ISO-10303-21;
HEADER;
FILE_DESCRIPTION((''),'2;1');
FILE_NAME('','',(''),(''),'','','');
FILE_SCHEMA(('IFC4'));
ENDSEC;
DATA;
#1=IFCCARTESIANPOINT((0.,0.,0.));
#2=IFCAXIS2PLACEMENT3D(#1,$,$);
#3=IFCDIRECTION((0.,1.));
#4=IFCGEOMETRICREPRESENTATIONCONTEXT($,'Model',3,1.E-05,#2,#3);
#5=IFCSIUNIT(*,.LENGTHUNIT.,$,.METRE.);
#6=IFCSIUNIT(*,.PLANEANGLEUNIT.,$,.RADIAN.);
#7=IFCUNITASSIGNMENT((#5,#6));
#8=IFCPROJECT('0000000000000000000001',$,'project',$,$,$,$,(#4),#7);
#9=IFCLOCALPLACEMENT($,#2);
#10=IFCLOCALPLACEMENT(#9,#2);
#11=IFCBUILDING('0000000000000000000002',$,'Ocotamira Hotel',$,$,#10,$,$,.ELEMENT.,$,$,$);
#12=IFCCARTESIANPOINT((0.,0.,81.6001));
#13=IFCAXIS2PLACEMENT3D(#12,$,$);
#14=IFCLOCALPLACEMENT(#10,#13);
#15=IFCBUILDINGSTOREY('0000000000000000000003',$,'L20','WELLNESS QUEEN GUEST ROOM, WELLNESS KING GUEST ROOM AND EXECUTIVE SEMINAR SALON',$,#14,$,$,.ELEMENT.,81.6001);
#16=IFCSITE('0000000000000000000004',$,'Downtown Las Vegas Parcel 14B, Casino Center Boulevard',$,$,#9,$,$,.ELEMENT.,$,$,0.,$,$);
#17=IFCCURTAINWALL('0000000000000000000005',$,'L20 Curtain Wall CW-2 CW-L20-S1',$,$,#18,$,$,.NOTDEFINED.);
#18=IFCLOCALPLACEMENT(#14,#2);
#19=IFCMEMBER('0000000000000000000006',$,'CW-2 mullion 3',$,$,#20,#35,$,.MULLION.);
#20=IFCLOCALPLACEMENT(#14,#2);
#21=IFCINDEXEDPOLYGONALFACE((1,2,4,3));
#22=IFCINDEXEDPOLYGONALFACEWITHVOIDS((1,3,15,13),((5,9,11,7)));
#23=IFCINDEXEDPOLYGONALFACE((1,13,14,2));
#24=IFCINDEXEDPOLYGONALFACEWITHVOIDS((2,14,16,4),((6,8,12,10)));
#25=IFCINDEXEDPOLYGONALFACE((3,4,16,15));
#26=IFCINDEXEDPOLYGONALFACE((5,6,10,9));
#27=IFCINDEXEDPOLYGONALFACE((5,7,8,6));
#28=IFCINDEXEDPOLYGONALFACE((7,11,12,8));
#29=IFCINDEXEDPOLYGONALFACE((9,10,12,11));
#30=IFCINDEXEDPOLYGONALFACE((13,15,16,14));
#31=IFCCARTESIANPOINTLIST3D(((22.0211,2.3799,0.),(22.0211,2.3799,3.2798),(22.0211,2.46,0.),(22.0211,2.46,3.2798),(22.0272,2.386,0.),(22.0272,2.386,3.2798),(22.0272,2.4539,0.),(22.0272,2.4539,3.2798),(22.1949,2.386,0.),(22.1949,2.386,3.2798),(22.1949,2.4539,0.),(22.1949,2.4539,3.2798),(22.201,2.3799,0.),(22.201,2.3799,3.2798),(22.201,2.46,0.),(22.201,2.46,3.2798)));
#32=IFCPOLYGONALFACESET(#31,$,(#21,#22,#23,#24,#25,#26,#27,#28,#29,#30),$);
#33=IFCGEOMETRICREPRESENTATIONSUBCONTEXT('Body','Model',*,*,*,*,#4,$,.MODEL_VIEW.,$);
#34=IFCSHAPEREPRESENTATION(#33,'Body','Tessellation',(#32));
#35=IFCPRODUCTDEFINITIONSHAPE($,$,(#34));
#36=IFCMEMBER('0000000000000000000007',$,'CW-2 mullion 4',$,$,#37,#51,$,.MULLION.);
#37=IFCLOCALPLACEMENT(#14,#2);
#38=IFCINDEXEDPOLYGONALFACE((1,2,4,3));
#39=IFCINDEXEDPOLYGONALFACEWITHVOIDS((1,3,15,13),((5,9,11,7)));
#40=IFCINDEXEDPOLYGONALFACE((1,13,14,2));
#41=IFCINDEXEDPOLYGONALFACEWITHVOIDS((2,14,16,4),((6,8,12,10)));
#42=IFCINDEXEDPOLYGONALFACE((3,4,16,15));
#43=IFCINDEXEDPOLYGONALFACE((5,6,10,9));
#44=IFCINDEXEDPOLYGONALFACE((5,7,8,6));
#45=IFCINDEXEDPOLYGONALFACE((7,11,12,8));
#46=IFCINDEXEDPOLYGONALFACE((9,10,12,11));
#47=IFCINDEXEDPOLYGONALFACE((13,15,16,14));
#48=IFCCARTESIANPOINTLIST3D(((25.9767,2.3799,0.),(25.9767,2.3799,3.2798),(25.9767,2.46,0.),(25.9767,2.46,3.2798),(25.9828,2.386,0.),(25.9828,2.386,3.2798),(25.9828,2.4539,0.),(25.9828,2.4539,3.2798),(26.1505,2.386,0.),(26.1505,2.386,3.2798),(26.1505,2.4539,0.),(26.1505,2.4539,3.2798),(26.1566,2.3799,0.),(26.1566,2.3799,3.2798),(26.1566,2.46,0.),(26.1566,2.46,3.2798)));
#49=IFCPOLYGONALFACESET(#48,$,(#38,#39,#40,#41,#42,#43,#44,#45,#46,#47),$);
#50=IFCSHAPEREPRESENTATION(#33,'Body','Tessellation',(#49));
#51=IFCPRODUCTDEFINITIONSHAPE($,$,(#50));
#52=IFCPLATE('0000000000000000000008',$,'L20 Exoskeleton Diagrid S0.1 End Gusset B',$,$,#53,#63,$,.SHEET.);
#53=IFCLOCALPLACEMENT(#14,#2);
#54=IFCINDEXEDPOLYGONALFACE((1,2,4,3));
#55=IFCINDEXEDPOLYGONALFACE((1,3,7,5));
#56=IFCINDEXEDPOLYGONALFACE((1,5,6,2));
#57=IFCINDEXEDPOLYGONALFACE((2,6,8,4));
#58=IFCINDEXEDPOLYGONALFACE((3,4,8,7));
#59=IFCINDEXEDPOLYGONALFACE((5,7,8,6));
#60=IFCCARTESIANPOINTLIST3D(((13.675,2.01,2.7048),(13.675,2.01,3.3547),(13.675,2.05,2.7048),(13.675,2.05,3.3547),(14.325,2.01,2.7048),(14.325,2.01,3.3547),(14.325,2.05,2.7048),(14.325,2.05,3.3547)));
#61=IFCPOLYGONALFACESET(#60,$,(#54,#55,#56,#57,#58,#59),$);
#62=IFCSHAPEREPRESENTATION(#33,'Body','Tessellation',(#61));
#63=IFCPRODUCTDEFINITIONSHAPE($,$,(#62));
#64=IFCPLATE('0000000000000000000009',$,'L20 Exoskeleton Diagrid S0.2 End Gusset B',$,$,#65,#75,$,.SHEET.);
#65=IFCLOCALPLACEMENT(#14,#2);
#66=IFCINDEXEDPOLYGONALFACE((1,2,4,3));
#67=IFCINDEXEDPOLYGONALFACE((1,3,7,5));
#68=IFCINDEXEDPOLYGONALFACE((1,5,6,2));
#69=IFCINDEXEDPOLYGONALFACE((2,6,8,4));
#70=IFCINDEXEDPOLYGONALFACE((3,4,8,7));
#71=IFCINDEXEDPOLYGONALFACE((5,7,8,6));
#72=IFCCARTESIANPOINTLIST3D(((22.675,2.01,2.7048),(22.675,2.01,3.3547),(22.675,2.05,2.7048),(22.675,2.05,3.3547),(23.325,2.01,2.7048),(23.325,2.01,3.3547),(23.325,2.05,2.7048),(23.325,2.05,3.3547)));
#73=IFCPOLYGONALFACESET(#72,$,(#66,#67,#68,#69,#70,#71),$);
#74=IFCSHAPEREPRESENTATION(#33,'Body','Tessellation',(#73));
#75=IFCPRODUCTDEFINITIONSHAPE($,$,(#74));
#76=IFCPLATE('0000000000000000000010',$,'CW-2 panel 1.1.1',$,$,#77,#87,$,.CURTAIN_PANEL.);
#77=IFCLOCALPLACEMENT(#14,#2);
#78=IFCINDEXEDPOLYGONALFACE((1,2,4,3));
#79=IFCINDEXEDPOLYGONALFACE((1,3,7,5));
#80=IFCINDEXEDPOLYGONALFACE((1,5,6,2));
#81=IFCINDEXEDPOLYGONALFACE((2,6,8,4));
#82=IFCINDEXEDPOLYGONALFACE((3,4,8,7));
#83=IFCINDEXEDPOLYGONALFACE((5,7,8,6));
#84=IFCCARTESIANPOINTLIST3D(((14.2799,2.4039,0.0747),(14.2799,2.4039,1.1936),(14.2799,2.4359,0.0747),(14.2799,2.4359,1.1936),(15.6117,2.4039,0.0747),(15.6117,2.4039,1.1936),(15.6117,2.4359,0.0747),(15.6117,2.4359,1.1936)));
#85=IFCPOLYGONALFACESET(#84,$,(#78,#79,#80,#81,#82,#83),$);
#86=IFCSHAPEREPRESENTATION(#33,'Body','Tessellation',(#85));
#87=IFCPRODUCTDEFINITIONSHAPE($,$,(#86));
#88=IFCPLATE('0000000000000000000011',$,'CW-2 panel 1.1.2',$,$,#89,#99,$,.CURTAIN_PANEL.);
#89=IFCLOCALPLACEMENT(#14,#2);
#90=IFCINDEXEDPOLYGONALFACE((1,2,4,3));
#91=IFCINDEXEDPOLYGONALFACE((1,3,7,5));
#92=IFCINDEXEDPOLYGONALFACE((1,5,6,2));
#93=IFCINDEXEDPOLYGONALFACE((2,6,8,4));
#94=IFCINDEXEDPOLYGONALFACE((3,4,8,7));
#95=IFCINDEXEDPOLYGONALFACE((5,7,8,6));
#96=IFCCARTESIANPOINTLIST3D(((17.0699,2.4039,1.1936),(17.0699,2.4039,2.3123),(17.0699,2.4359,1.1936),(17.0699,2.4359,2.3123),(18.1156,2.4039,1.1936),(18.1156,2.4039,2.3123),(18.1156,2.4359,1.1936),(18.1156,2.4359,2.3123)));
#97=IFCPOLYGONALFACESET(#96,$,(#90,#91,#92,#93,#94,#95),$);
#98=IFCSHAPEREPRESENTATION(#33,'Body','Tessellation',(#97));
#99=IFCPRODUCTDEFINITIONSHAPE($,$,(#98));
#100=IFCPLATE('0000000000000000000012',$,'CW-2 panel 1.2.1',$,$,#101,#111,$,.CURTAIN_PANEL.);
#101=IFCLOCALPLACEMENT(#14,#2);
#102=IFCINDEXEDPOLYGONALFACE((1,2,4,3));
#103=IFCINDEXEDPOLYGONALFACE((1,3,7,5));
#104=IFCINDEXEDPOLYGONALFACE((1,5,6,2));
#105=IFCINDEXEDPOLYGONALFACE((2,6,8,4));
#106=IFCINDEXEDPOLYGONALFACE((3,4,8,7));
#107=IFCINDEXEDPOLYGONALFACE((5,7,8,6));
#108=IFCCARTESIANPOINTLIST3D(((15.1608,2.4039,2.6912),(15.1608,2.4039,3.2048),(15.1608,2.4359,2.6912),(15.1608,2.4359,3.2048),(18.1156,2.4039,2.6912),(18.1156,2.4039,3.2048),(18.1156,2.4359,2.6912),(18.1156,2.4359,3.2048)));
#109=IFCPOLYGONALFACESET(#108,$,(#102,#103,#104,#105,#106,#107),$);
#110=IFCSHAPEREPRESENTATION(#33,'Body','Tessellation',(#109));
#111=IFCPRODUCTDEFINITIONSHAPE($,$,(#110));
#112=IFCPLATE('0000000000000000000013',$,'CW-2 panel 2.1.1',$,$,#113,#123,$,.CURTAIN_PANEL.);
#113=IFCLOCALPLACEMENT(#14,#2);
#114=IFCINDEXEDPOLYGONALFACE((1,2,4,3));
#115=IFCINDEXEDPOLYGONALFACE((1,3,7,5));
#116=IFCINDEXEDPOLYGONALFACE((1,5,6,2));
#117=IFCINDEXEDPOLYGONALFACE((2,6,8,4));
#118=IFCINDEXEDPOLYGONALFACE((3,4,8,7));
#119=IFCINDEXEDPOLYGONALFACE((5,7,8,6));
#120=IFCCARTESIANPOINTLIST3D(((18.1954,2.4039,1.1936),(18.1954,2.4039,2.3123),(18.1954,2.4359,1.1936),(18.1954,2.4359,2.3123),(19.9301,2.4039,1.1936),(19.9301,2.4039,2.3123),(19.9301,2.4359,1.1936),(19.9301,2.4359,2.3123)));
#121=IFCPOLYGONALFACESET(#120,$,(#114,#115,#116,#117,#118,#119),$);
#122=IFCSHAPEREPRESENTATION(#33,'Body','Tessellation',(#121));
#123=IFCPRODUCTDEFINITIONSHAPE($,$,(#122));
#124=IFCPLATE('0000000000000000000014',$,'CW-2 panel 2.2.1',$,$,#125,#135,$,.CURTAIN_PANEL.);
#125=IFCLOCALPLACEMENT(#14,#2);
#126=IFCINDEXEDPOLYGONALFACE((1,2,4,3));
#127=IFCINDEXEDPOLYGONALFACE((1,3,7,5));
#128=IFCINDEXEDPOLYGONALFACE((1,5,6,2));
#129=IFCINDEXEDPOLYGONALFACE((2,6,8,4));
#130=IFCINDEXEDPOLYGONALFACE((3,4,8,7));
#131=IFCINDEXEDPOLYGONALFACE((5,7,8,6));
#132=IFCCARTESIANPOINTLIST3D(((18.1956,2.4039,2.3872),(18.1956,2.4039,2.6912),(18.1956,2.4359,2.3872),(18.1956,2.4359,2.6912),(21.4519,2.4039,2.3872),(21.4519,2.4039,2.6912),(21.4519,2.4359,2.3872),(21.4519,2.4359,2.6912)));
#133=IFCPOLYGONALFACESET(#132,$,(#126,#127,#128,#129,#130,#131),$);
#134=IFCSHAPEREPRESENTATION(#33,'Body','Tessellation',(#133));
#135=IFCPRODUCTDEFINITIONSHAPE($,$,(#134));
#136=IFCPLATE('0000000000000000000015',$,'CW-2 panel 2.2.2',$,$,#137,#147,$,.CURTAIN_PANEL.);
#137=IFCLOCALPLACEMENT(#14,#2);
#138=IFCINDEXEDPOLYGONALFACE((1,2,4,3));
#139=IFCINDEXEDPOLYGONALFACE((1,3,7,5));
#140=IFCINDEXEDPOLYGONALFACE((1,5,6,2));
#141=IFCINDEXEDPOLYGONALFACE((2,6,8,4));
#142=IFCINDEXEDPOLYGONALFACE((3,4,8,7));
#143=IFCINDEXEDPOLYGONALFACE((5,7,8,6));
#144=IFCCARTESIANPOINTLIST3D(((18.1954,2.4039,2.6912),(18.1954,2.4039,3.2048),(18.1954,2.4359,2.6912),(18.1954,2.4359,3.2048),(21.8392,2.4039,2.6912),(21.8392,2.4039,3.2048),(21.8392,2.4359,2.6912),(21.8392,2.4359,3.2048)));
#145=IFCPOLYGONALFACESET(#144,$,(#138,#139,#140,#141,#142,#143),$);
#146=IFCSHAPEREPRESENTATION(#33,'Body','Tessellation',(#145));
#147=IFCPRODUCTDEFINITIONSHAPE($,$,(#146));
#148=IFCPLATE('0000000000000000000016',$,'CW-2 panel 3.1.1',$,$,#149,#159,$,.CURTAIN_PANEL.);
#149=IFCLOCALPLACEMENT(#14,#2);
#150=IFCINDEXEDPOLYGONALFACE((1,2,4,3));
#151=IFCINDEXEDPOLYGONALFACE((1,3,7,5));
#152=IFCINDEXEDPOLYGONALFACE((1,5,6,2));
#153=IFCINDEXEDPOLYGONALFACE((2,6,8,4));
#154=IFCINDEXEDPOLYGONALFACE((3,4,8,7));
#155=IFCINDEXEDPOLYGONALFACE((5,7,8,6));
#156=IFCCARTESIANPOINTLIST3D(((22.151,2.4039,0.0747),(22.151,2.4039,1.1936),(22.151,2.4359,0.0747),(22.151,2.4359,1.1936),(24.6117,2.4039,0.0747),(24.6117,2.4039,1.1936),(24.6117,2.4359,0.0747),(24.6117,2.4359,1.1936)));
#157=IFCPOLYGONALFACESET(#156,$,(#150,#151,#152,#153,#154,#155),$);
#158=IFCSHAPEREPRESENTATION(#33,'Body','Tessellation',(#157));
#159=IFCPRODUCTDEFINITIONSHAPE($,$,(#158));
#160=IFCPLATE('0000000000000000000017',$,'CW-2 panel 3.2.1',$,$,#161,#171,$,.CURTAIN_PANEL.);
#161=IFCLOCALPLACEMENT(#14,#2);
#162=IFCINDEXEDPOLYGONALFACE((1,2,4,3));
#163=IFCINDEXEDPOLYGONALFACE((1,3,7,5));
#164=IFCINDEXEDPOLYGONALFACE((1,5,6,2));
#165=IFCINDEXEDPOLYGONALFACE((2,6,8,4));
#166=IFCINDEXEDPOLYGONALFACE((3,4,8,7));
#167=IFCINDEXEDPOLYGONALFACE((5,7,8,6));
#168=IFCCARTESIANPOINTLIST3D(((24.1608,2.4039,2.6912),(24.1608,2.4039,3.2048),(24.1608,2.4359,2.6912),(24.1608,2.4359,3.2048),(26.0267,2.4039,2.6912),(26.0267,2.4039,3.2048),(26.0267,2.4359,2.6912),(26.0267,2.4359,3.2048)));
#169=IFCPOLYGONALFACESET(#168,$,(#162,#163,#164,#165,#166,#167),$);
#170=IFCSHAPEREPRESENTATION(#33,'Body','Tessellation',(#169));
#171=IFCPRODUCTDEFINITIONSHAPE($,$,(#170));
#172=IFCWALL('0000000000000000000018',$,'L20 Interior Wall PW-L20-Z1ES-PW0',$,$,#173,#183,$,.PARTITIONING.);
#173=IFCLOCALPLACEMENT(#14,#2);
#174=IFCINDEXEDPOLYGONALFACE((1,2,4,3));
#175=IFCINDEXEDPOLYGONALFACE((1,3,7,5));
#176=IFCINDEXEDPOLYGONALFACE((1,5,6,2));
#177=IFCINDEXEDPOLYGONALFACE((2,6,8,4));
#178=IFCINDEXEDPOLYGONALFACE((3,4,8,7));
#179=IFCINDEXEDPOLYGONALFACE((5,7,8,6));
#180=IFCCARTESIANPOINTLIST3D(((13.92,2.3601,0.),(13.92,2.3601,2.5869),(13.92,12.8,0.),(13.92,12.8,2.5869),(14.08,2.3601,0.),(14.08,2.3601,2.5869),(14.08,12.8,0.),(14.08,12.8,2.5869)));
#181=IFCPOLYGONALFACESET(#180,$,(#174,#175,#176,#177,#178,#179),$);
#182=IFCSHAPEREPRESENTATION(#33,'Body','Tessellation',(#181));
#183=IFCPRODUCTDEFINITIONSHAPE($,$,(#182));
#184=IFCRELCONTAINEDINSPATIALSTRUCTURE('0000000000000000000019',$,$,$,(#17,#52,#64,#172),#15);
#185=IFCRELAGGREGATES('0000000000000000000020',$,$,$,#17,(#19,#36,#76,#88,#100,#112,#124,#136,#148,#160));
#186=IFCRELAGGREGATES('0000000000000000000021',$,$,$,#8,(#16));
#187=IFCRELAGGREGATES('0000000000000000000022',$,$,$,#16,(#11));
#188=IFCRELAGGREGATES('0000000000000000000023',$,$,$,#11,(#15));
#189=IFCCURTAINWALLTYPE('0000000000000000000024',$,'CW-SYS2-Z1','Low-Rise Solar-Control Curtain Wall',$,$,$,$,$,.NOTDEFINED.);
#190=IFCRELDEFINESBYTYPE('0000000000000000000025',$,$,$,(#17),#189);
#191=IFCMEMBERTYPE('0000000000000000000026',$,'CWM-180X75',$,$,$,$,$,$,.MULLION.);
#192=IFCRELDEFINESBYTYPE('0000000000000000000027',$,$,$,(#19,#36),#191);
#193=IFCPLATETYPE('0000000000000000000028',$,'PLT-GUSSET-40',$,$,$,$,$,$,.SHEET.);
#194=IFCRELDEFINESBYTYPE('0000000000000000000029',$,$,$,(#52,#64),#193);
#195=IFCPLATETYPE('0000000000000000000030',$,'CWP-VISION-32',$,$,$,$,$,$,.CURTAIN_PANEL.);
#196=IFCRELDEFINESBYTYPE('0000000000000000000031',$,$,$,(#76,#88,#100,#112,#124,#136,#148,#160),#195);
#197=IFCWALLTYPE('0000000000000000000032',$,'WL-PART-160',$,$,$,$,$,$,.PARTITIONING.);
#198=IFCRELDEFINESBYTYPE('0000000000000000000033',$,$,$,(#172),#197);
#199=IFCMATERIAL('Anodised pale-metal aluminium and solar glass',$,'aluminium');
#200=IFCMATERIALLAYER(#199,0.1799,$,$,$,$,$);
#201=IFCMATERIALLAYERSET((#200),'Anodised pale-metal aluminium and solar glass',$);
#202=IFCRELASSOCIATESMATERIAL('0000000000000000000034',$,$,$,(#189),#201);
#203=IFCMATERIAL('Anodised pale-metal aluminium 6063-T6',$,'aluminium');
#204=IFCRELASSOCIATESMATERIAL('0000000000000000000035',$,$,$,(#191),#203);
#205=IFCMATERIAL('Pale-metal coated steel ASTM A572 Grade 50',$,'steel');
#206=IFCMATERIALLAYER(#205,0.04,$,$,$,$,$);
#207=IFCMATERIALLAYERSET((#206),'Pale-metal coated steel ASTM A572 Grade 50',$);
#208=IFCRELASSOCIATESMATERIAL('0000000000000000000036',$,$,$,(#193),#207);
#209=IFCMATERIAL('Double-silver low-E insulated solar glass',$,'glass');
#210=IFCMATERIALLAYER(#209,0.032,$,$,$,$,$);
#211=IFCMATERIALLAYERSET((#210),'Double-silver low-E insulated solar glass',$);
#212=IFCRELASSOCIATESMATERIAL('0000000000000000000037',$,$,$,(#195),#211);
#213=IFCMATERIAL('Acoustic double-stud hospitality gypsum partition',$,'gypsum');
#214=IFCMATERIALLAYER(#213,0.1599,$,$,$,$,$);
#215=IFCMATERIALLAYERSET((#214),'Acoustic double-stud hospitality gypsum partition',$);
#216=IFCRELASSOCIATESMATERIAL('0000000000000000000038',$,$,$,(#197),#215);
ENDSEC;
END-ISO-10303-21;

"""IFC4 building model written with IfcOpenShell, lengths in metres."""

from ifc_helpers import new_model, si_unit, direction, frame, frame_2d, origin, origin_2d, place, context, subcontext, project, spatial, rectangle, hollow_rectangle, extrude, source, transform, mapped, material, layer, layer_set, material_profile, profile_set, type_object, element, aggregate, save


model = new_model("IFC4")

# Units and contexts
model_context = context("Model", 3, precision=1e-05, world=origin(), true_north=direction((0.0, 1.0)))
body_context = subcontext(model_context, "Body", "Model", "MODEL_VIEW")
ifc_project = project(units=[si_unit("LENGTHUNIT", "METRE"), si_unit("PLANEANGLEUNIT", "RADIAN")], contexts=[model_context])

# Site, building, storey
site_placement = place(None, origin())
site = spatial("IfcSite", under=ifc_project, at=site_placement, Name="Downtown Las Vegas Parcel 14B, Casino Center Boulevard", CompositionType="ELEMENT", RefElevation=0.0)
building_placement = place(site_placement, origin())
building = spatial("IfcBuilding", under=site, at=building_placement, Name="Ocotamira Hotel", CompositionType="ELEMENT")
storey_placement = place(building_placement, frame((0.0, 0.0, 81.6001)))
storey = spatial("IfcBuildingStorey", under=building, at=storey_placement, Name="L20", Description="WELLNESS QUEEN GUEST ROOM, WELLNESS KING GUEST ROOM AND EXECUTIVE SEMINAR SALON", CompositionType="ELEMENT", Elevation=81.6001)

# Curtain wall, members
ifc_material_1 = material(Name="Anodised pale-metal aluminium and solar glass", Category="aluminium")
ifc_layer_1 = layer(ifc_material_1, 0.1799)
ifc_layer_set_1 = layer_set([ifc_layer_1], Name="Anodised pale-metal aluminium and solar glass")
curtain_wall_type = type_object("IfcCurtainWallType", Name="CW-SYS2-Z1", Description="Low-Rise Solar-Control Curtain Wall", PredefinedType="NOTDEFINED", material=ifc_layer_set_1)
curtain_wall_placement = place(storey_placement, origin())
curtain_wall = element("IfcCurtainWall", 1, at=curtain_wall_placement, inside=storey, type_object=curtain_wall_type, Name="L20 Curtain Wall CW-2 CW-L20-S1", PredefinedType="NOTDEFINED")
ifc_material_2 = material(Name="Anodised pale-metal aluminium 6063-T6", Category="aluminium")
ifc_material_profile_1 = material_profile(ifc_material_2, hollow_rectangle(XDim=0.0801, YDim=0.1799, WallThickness=0.0061, at=origin_2d()), Name="HSS180X80X6")
ifc_profile_set_1 = profile_set([ifc_material_profile_1], Name="Anodised pale-metal aluminium 6063-T6")
member_type_1 = type_object("IfcMemberType", Name="CWM-180X75", PredefinedType="MULLION", material=ifc_profile_set_1)
shared_shape_1 = source(origin(), body_context, "Body", "SweptSolid", [
    extrude(hollow_rectangle(XDim=0.0801, YDim=0.1799, WallThickness=0.0061, at=origin_2d()), origin(), (0.0, 0.0, 1.0), 3.2798),
])
member_1_placement = place(storey_placement, frame((22.1111, 2.4199, 0.0), z_axis=(0.0, 0.0, 1.0), x_axis=(0.0, 1.0, 0.0)))
member_1 = element("IfcMember", 2, at=member_1_placement, type_object=member_type_1, Name="CW-2 mullion 3", PredefinedType="MULLION", context=body_context, shape_type="MappedRepresentation", body=[
    mapped(shared_shape_1, transform((0.0, 0.0, 0.0), scale=1.0)),
])
member_2_placement = place(storey_placement, frame((26.0667, 2.4199, 0.0), z_axis=(0.0, 0.0, 1.0), x_axis=(0.0, 1.0, 0.0)))
member_2 = element("IfcMember", 3, at=member_2_placement, type_object=member_type_1, Name="CW-2 mullion 4", PredefinedType="MULLION", context=body_context, shape_type="MappedRepresentation", body=[
    mapped(shared_shape_1, transform((0.0, 0.0, 0.0), scale=1.0)),
])

# Plates
ifc_material_3 = material(Name="Pale-metal coated steel ASTM A572 Grade 50", Category="steel")
ifc_layer_2 = layer(ifc_material_3, 0.04)
ifc_layer_set_2 = layer_set([ifc_layer_2], Name="Pale-metal coated steel ASTM A572 Grade 50")
plate_type_1 = type_object("IfcPlateType", Name="PLT-GUSSET-40", PredefinedType="SHEET", material=ifc_layer_set_2)
shared_shape_2 = source(origin(), body_context, "Body", "SweptSolid", [
    extrude(rectangle(XDim=0.6499, YDim=0.04, at=origin_2d()), origin(), (0.0, 0.0, 1.0), 0.6499),
])
for number, where, z_axis, x_axis, name in (
    (4, (14.0, 2.03, 2.7048), (0.0, 0.0, 1.0), (-1.0, 0.0, 0.0), "L20 Exoskeleton Diagrid S0.1 End Gusset B"),
    (5, (23.0, 2.03, 2.7048), (0.0, 0.0, 1.0), (1.0, 0.0, 0.0), "L20 Exoskeleton Diagrid S0.2 End Gusset B"),
):
    element("IfcPlate", number, at=place(storey_placement, frame(where, z_axis=z_axis, x_axis=x_axis)), inside=storey, type_object=plate_type_1, Name=name, PredefinedType="SHEET", context=body_context, shape_type="MappedRepresentation", body=[
        mapped(shared_shape_2, transform((0.0, 0.0, 0.0), scale=1.0)),
    ])

# Plates
ifc_material_4 = material(Name="Double-silver low-E insulated solar glass", Category="glass")
ifc_layer_3 = layer(ifc_material_4, 0.032)
ifc_layer_set_3 = layer_set([ifc_layer_3], Name="Double-silver low-E insulated solar glass")
plate_type_2 = type_object("IfcPlateType", Name="CWP-VISION-32", PredefinedType="CURTAIN_PANEL", material=ifc_layer_set_3)
shared_shape_3 = source(origin(), body_context, "Body", "SweptSolid", [
    extrude(rectangle(XDim=1.3318, YDim=0.032, at=origin_2d()), origin(), (0.0, 0.0, 1.0), 1.1189),
])
plate_1_placement = place(storey_placement, frame((14.9458, 2.4199, 0.0747), z_axis=(0.0, 0.0, 1.0), x_axis=(1.0, 0.0, 0.0)))
plate_1 = element("IfcPlate", 6, at=plate_1_placement, type_object=plate_type_2, Name="CW-2 panel 1.1.1", PredefinedType="CURTAIN_PANEL", context=body_context, shape_type="MappedRepresentation", body=[
    mapped(shared_shape_3, transform((0.0, 0.0, 0.0), scale=1.0)),
])
shared_shape_4 = source(origin(), body_context, "Body", "SweptSolid", [
    extrude(rectangle(XDim=1.0457, YDim=0.032, at=origin_2d()), origin(), (0.0, 0.0, 1.0), 1.1187),
])
plate_2_placement = place(storey_placement, frame((17.5928, 2.4199, 1.1936), z_axis=(0.0, 0.0, 1.0), x_axis=(1.0, 0.0, 0.0)))
plate_2 = element("IfcPlate", 7, at=plate_2_placement, type_object=plate_type_2, Name="CW-2 panel 1.1.2", PredefinedType="CURTAIN_PANEL", context=body_context, shape_type="MappedRepresentation", body=[
    mapped(shared_shape_4, transform((0.0, 0.0, 0.0), scale=1.0)),
])
shared_shape_5 = source(origin(), body_context, "Body", "SweptSolid", [
    extrude(rectangle(XDim=2.9548, YDim=0.032, at=origin_2d()), origin(), (0.0, 0.0, 1.0), 0.5137),
])
plate_3_placement = place(storey_placement, frame((16.6382, 2.4199, 2.6912), z_axis=(0.0, 0.0, 1.0), x_axis=(1.0, 0.0, 0.0)))
plate_3 = element("IfcPlate", 8, at=plate_3_placement, type_object=plate_type_2, Name="CW-2 panel 1.2.1", PredefinedType="CURTAIN_PANEL", context=body_context, shape_type="MappedRepresentation", body=[
    mapped(shared_shape_5, transform((0.0, 0.0, 0.0), scale=1.0)),
])
shared_shape_6 = source(origin(), body_context, "Body", "SweptSolid", [
    extrude(rectangle(XDim=1.7346, YDim=0.032, at=origin_2d()), origin(), (0.0, 0.0, 1.0), 1.1187),
])
plate_4_placement = place(storey_placement, frame((19.0627, 2.4199, 1.1936), z_axis=(0.0, 0.0, 1.0), x_axis=(1.0, 0.0, 0.0)))
plate_4 = element("IfcPlate", 9, at=plate_4_placement, type_object=plate_type_2, Name="CW-2 panel 2.1.1", PredefinedType="CURTAIN_PANEL", context=body_context, shape_type="MappedRepresentation", body=[
    mapped(shared_shape_6, transform((0.0, 0.0, 0.0), scale=1.0)),
])
shared_shape_7 = source(origin(), body_context, "Body", "SweptSolid", [
    extrude(rectangle(XDim=3.2563, YDim=0.032, at=origin_2d()), origin(), (0.0, 0.0, 1.0), 0.304),
])
plate_5_placement = place(storey_placement, frame((19.8237, 2.4199, 2.3872), z_axis=(0.0, 0.0, 1.0), x_axis=(1.0, 0.0, 0.0)))
plate_5 = element("IfcPlate", 10, at=plate_5_placement, type_object=plate_type_2, Name="CW-2 panel 2.2.1", PredefinedType="CURTAIN_PANEL", context=body_context, shape_type="MappedRepresentation", body=[
    mapped(shared_shape_7, transform((0.0, 0.0, 0.0), scale=1.0)),
])
shared_shape_8 = source(origin(), body_context, "Body", "SweptSolid", [
    extrude(rectangle(XDim=3.6438, YDim=0.032, at=origin_2d()), origin(), (0.0, 0.0, 1.0), 0.5137),
])
plate_6_placement = place(storey_placement, frame((20.0173, 2.4199, 2.6912), z_axis=(0.0, 0.0, 1.0), x_axis=(1.0, 0.0, 0.0)))
plate_6 = element("IfcPlate", 11, at=plate_6_placement, type_object=plate_type_2, Name="CW-2 panel 2.2.2", PredefinedType="CURTAIN_PANEL", context=body_context, shape_type="MappedRepresentation", body=[
    mapped(shared_shape_8, transform((0.0, 0.0, 0.0), scale=1.0)),
])
shared_shape_9 = source(origin(), body_context, "Body", "SweptSolid", [
    extrude(rectangle(XDim=2.4607, YDim=0.032, at=origin_2d()), origin(), (0.0, 0.0, 1.0), 1.1189),
])
plate_7_placement = place(storey_placement, frame((23.3813, 2.4199, 0.0747), z_axis=(0.0, 0.0, 1.0), x_axis=(1.0, 0.0, 0.0)))
plate_7 = element("IfcPlate", 12, at=plate_7_placement, type_object=plate_type_2, Name="CW-2 panel 3.1.1", PredefinedType="CURTAIN_PANEL", context=body_context, shape_type="MappedRepresentation", body=[
    mapped(shared_shape_9, transform((0.0, 0.0, 0.0), scale=1.0)),
])
shared_shape_10 = source(origin(), body_context, "Body", "SweptSolid", [
    extrude(rectangle(XDim=1.866, YDim=0.032, at=origin_2d()), origin(), (0.0, 0.0, 1.0), 0.5137),
])
plate_8_placement = place(storey_placement, frame((25.0938, 2.4199, 2.6912), z_axis=(0.0, 0.0, 1.0), x_axis=(1.0, 0.0, 0.0)))
plate_8 = element("IfcPlate", 13, at=plate_8_placement, type_object=plate_type_2, Name="CW-2 panel 3.2.1", PredefinedType="CURTAIN_PANEL", context=body_context, shape_type="MappedRepresentation", body=[
    mapped(shared_shape_10, transform((0.0, 0.0, 0.0), scale=1.0)),
])
aggregate(curtain_wall, [member_1, member_2, plate_1, plate_2, plate_3, plate_4, plate_5, plate_6, plate_7, plate_8])

# Wall
ifc_material_5 = material(Name="Acoustic double-stud hospitality gypsum partition", Category="gypsum")
ifc_layer_4 = layer(ifc_material_5, 0.1599)
ifc_layer_set_4 = layer_set([ifc_layer_4], Name="Acoustic double-stud hospitality gypsum partition")
wall_type_1 = type_object("IfcWallType", Name="WL-PART-160", PredefinedType="PARTITIONING", material=ifc_layer_set_4)
wall_1_placement = place(storey_placement, frame((14.0, 2.3601, 0.0), z_axis=(0.0, 0.0, 1.0), x_axis=(0.0, 1.0, 0.0)))
element("IfcWall", 14, at=wall_1_placement, inside=storey, type_object=wall_type_1, Name="L20 Interior Wall PW-L20-Z1ES-PW0", PredefinedType="PARTITIONING", context=body_context, shape_type="SweptSolid", body=[
    extrude(rectangle(XDim=10.4399, YDim=0.1599, at=frame_2d((5.22, 0.0))), origin(), (0.0, 0.0, 1.0), 2.5869),
])

save(model, "model.ifc")
